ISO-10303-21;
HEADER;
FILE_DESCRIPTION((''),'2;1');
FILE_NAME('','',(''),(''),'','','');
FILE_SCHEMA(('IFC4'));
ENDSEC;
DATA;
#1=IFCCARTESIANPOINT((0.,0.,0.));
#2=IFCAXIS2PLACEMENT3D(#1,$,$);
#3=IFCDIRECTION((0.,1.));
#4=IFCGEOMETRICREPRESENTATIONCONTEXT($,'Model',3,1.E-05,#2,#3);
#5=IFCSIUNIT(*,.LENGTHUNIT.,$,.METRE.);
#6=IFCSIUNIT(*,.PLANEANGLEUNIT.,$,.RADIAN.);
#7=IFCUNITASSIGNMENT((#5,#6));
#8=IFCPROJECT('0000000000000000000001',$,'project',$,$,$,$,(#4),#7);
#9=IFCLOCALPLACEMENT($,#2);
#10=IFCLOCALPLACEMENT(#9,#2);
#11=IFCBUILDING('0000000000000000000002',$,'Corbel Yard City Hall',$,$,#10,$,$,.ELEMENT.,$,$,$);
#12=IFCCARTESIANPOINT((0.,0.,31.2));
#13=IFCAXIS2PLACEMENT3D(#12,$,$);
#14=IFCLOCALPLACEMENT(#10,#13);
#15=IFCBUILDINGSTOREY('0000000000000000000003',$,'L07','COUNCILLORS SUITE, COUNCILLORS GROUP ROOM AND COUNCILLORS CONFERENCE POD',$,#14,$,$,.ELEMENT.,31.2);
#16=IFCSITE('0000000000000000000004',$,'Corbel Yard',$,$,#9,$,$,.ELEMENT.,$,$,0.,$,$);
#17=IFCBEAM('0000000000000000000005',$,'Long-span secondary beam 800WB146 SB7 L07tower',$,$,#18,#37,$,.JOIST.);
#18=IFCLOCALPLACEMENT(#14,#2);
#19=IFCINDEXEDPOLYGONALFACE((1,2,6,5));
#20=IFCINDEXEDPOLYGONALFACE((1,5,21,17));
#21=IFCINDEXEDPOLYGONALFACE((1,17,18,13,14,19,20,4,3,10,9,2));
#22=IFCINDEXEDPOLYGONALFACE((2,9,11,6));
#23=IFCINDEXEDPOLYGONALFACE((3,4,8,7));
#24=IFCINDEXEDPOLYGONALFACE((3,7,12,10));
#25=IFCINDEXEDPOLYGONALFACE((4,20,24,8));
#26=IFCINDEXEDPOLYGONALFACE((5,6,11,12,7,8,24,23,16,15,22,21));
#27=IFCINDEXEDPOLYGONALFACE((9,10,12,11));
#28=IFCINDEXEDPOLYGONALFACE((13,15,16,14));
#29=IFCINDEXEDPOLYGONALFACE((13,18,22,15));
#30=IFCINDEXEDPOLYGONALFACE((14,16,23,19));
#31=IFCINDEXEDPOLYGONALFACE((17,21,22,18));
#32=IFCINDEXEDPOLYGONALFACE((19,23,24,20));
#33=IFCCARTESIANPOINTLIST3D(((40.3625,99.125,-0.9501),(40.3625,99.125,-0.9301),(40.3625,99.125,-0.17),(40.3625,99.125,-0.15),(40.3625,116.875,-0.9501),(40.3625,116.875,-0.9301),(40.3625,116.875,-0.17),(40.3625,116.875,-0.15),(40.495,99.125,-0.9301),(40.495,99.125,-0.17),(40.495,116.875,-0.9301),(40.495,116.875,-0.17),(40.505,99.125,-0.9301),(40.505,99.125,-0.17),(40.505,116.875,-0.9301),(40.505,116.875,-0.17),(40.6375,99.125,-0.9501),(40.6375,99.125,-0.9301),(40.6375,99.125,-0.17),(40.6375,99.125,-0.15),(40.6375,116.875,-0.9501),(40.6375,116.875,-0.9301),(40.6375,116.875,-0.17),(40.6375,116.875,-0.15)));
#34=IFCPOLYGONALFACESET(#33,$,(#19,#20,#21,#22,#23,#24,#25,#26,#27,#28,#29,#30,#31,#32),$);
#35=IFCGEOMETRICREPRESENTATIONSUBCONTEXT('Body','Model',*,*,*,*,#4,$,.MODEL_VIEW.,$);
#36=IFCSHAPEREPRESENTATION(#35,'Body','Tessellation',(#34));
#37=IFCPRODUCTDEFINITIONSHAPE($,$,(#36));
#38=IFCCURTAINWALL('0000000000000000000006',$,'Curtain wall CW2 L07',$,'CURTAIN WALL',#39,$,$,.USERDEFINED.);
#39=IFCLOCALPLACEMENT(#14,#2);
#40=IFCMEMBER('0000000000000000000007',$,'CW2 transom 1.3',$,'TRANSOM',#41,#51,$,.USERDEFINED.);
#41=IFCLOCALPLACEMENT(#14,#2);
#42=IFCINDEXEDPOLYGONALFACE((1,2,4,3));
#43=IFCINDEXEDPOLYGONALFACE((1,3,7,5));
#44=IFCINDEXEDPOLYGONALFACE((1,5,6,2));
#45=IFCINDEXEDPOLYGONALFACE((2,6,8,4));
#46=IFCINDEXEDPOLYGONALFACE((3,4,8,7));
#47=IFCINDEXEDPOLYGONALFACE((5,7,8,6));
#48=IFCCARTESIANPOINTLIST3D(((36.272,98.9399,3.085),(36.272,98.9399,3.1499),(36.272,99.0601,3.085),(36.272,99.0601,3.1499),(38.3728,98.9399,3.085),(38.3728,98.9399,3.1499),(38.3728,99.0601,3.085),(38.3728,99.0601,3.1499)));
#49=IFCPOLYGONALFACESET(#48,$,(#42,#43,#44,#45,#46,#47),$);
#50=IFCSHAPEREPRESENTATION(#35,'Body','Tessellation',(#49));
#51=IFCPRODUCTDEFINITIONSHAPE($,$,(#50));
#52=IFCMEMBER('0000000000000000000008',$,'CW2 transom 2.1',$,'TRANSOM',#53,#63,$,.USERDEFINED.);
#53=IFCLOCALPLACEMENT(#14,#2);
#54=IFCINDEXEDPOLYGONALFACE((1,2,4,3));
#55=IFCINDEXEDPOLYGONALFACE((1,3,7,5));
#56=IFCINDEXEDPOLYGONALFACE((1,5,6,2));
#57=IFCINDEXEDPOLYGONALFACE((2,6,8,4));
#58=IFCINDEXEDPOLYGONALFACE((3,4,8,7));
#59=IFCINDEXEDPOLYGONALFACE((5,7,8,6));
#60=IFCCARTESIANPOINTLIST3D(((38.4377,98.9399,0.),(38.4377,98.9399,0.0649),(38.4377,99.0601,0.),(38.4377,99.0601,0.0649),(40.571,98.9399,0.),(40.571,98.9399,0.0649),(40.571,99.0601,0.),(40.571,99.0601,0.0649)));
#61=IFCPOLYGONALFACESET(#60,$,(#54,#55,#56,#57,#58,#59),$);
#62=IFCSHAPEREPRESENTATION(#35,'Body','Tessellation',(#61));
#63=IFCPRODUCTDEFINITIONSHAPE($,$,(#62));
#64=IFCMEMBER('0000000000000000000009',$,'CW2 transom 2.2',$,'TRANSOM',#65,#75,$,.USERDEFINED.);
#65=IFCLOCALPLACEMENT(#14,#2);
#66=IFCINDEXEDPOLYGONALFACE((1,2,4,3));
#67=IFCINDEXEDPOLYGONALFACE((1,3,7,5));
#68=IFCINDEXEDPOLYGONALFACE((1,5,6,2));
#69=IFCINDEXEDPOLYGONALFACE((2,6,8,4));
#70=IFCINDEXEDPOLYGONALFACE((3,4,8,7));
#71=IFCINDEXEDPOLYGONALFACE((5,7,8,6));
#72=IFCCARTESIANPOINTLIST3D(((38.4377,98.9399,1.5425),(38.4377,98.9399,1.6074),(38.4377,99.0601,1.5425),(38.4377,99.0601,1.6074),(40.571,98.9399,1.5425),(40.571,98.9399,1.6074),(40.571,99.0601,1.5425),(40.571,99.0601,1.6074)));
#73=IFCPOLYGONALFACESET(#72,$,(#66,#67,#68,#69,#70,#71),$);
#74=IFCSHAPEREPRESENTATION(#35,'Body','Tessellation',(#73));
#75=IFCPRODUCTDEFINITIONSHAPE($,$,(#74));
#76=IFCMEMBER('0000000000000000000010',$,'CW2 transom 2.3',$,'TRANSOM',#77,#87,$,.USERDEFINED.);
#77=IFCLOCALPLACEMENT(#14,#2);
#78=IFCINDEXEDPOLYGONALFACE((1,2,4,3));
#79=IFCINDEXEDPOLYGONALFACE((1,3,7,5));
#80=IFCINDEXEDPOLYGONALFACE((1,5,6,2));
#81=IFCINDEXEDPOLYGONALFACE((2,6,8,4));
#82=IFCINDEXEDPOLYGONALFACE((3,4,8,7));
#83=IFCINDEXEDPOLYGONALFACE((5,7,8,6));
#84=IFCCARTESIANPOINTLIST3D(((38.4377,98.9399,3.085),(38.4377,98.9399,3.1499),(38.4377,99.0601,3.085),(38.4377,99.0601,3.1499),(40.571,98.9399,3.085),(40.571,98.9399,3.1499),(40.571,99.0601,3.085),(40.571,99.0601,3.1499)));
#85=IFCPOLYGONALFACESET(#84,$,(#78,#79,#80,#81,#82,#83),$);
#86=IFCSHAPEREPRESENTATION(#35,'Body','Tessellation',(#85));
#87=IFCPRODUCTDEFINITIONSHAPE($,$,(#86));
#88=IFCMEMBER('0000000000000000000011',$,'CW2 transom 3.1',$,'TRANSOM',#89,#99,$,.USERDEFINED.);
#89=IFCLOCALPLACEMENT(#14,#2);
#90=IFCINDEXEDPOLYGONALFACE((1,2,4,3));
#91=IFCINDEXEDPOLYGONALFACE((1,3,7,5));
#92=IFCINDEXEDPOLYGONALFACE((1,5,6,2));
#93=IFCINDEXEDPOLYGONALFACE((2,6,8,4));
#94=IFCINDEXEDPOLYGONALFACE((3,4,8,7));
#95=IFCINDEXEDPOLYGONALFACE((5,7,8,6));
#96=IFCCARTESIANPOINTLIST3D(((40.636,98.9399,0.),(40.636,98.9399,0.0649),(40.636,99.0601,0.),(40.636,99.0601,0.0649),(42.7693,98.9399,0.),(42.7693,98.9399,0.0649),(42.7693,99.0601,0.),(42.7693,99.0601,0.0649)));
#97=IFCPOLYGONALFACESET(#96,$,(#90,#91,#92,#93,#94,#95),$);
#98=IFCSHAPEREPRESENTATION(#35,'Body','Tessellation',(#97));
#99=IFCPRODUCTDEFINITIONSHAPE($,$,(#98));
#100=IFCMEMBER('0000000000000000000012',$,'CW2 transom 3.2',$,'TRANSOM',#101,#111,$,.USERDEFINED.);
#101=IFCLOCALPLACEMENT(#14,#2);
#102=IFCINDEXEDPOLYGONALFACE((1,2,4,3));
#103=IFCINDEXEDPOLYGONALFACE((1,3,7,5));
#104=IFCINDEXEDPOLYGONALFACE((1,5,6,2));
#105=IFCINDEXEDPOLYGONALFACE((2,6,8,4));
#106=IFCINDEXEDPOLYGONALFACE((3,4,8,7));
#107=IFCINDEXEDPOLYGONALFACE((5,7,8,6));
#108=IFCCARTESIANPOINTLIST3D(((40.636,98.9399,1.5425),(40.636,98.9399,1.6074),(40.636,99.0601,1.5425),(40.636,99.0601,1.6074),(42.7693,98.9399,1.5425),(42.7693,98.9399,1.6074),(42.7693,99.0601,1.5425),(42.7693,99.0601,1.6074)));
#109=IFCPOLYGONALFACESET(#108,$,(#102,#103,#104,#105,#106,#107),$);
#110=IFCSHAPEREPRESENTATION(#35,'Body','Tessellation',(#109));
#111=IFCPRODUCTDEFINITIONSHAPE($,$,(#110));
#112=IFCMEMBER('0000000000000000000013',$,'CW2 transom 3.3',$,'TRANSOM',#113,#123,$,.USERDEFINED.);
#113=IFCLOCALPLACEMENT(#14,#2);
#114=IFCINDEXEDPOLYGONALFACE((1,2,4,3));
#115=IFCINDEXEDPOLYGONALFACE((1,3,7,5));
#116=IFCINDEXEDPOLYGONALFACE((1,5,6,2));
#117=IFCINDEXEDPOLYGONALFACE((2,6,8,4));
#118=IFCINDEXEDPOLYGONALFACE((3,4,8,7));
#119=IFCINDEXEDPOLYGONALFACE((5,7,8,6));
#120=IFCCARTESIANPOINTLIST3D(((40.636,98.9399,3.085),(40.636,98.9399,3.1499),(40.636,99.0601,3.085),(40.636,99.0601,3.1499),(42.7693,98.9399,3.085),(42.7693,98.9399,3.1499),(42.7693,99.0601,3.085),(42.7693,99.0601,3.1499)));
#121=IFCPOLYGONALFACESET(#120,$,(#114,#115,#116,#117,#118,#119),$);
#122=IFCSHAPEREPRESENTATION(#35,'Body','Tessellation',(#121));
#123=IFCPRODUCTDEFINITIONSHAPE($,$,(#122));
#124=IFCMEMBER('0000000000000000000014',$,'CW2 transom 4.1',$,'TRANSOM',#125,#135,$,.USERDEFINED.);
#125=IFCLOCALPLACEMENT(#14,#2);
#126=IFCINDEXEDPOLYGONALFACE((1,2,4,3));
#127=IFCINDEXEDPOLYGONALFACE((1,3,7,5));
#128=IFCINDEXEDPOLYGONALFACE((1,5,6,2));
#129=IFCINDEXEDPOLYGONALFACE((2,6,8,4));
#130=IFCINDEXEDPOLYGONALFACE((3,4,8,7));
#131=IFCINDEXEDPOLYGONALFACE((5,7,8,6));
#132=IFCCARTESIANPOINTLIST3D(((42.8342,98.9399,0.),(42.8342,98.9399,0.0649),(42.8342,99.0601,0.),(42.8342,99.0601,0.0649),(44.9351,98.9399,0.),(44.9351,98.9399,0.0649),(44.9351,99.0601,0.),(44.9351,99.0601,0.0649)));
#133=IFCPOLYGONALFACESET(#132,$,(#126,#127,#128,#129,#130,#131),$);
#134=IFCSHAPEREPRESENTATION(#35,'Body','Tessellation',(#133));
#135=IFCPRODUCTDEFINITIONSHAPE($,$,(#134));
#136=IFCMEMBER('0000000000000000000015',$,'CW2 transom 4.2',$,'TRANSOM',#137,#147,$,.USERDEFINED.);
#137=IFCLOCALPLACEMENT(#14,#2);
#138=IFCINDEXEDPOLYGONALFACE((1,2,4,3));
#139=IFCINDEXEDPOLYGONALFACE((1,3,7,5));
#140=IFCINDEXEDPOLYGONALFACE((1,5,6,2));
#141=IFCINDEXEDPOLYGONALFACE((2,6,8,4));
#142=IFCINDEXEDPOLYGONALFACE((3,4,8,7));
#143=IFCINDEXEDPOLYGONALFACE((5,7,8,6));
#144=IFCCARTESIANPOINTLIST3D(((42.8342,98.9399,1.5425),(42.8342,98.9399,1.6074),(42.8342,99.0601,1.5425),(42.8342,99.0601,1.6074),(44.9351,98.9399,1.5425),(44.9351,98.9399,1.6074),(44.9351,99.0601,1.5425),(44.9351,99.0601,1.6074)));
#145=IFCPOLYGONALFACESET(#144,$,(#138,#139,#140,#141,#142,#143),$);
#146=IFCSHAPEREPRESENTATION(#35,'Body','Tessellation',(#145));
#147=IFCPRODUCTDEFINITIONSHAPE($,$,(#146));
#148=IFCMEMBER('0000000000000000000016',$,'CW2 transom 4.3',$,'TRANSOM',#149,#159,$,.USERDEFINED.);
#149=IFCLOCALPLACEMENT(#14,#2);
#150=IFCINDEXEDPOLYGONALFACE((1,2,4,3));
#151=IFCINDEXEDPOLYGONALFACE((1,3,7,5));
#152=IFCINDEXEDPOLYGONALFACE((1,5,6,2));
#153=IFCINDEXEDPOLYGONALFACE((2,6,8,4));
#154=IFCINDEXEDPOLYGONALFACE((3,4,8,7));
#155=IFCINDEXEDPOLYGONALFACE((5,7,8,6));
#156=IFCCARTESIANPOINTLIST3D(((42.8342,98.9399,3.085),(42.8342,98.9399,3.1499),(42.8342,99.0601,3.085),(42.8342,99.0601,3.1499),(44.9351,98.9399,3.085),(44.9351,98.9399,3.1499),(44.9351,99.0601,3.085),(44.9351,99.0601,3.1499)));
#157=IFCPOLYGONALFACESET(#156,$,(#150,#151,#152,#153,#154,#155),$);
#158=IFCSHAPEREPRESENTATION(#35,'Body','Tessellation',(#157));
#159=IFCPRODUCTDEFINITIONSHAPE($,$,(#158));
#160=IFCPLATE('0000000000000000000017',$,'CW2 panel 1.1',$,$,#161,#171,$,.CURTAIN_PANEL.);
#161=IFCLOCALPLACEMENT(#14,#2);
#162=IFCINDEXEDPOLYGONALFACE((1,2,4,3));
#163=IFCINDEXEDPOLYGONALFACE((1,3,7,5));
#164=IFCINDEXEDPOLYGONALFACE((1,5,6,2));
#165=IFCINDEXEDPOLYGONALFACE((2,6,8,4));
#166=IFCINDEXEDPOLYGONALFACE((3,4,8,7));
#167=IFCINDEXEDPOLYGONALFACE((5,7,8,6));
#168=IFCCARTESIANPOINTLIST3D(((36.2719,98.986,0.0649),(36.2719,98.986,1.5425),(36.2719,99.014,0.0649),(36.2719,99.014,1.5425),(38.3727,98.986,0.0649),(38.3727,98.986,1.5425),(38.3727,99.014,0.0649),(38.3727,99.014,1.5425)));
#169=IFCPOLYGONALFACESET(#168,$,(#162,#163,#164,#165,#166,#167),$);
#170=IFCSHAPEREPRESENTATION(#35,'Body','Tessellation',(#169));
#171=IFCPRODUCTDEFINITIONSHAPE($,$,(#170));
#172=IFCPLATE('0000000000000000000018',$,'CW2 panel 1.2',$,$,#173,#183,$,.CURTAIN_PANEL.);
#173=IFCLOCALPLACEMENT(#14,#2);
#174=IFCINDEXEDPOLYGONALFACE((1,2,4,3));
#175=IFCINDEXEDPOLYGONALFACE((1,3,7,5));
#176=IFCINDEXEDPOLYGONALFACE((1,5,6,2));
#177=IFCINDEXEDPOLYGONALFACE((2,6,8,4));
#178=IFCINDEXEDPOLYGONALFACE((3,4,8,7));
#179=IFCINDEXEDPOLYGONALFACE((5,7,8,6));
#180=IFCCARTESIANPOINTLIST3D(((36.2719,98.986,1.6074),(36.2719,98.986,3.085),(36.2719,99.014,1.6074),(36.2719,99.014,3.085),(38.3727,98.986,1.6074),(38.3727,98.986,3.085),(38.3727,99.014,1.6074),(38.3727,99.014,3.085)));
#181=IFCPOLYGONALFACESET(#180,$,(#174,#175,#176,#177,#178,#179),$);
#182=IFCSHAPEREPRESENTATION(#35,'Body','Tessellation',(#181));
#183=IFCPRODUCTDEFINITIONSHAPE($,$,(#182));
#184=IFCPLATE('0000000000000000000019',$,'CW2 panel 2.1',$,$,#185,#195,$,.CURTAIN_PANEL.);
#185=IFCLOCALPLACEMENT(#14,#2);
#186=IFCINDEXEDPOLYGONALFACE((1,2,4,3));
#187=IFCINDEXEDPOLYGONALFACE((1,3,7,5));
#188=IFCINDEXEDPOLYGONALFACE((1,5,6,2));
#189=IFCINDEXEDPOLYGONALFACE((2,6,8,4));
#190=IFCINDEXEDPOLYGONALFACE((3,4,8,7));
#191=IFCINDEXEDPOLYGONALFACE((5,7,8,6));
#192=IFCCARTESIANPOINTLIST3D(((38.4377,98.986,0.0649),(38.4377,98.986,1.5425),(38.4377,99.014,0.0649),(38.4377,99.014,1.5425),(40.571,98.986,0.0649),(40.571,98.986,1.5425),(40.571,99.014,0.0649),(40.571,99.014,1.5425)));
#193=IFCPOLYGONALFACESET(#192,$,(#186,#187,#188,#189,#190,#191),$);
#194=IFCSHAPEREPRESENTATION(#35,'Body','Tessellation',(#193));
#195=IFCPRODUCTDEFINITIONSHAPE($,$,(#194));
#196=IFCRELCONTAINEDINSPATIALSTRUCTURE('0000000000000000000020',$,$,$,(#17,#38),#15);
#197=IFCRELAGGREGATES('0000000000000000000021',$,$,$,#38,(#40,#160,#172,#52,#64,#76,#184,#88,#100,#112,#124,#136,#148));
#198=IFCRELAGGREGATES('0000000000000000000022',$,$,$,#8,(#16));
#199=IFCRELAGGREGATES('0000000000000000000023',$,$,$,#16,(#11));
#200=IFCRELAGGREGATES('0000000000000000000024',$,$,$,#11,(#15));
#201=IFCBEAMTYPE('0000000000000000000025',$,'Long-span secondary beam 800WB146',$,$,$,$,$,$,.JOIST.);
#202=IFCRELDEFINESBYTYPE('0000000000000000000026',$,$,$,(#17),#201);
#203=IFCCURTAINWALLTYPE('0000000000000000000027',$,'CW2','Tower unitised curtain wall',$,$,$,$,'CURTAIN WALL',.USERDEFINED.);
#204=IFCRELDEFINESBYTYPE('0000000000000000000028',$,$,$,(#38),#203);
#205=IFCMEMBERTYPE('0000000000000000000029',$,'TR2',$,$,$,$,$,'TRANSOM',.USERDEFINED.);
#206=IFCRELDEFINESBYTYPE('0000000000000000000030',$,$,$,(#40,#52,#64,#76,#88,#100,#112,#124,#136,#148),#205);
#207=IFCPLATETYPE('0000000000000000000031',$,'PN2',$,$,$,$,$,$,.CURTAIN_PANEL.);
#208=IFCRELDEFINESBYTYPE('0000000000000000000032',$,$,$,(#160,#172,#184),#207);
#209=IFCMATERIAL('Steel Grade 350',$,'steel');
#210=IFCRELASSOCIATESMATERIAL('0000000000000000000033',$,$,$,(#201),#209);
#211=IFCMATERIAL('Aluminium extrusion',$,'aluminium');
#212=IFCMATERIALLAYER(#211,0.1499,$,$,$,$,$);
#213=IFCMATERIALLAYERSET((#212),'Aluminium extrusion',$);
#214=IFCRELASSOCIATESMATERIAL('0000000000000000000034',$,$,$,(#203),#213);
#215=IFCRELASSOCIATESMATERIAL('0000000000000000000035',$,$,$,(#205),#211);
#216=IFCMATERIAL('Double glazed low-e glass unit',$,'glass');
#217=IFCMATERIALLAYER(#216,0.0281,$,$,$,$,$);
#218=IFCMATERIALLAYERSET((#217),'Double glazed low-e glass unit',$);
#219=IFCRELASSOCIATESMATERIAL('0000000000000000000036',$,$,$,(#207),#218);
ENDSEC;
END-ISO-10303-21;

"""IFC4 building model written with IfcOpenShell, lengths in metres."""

from ifc_helpers import new_model, si_unit, direction, frame, origin, origin_2d, place, context, subcontext, project, spatial, rectangle, i_section, extrude, material, layer, layer_set, material_profile, profile_set, type_object, element, aggregate, save


model = new_model("IFC4")

# Units and contexts
model_context = context("Model", 3, precision=1e-05, world=origin(), true_north=direction((0.0, 1.0)))
body_context = subcontext(model_context, "Body", "Model", "MODEL_VIEW")
ifc_project = project(units=[si_unit("LENGTHUNIT", "METRE"), si_unit("PLANEANGLEUNIT", "RADIAN")], contexts=[model_context])

# Site, building, storey
site_placement = place(None, origin())
site = spatial("IfcSite", under=ifc_project, at=site_placement, Name="Corbel Yard", CompositionType="ELEMENT", RefElevation=0.0)
building_placement = place(site_placement, origin())
building = spatial("IfcBuilding", under=site, at=building_placement, Name="Corbel Yard City Hall", CompositionType="ELEMENT")
storey_placement = place(building_placement, frame((0.0, 0.0, 31.2)))
storey = spatial("IfcBuildingStorey", under=building, at=storey_placement, Name="L07", Description="COUNCILLORS SUITE, COUNCILLORS GROUP ROOM AND COUNCILLORS CONFERENCE POD", CompositionType="ELEMENT", Elevation=31.2)

# Beam
ifc_material_1 = material(Name="Steel Grade 350", Category="steel")
ifc_material_profile_1 = material_profile(ifc_material_1, i_section(OverallWidth=0.2749, OverallDepth=0.8, WebThickness=0.01, FlangeThickness=0.02, at=origin_2d()), Name="800WB146")
ifc_profile_set_1 = profile_set([ifc_material_profile_1], Name="Steel Grade 350")
beam_type = type_object("IfcBeamType", Name="Long-span secondary beam 800WB146", PredefinedType="JOIST", material=ifc_profile_set_1)
beam_placement = place(storey_placement, frame((40.5, 99.125, -0.55), z_axis=(0.0, 1.0, 0.0), x_axis=(-1.0, 0.0, 0.0)))
element("IfcBeam", 1, at=beam_placement, inside=storey, type_object=beam_type, Name="Long-span secondary beam 800WB146 SB7 L07tower", PredefinedType="JOIST", context=body_context, shape_type="SweptSolid", body=[
    extrude(i_section(OverallWidth=0.2749, OverallDepth=0.8, WebThickness=0.01, FlangeThickness=0.02, at=origin_2d()), origin(), (0.0, 0.0, 1.0), 17.75),
])

# Curtain wall, members, plates
ifc_material_2 = material(Name="Aluminium extrusion", Category="aluminium")
ifc_layer_1 = layer(ifc_material_2, 0.1499)
ifc_layer_set_1 = layer_set([ifc_layer_1], Name="Aluminium extrusion")
curtain_wall_type = type_object("IfcCurtainWallType", Name="CW2", Description="Tower unitised curtain wall", ElementType="CURTAIN WALL", PredefinedType="USERDEFINED", material=ifc_layer_set_1)
curtain_wall_placement = place(storey_placement, origin())
curtain_wall = element("IfcCurtainWall", 2, at=curtain_wall_placement, inside=storey, type_object=curtain_wall_type, Name="Curtain wall CW2 L07", ObjectType="CURTAIN WALL", PredefinedType="USERDEFINED")
ifc_material_profile_2 = material_profile(ifc_material_2, rectangle(XDim=0.1201, YDim=0.0649, at=origin_2d()), Name="120x65")
ifc_profile_set_2 = profile_set([ifc_material_profile_2], Name="Aluminium extrusion")
member_type = type_object("IfcMemberType", Name="TR2", ElementType="TRANSOM", PredefinedType="USERDEFINED", material=ifc_profile_set_2)
member_1_placement = place(storey_placement, frame((36.272, 99.0, 3.1174), z_axis=(1.0, 0.0, 0.0), x_axis=(0.0, 1.0, 0.0)))
member_1 = element("IfcMember", 3, at=member_1_placement, type_object=member_type, Name="CW2 transom 1.3", ObjectType="TRANSOM", PredefinedType="USERDEFINED", context=body_context, shape_type="SweptSolid", body=[
    extrude(rectangle(XDim=0.1201, YDim=0.0649, at=origin_2d()), origin(), (0.0, 0.0, 1.0), 2.1008),
])
member_2_placement = place(storey_placement, frame((38.4377, 99.0, 0.0325), z_axis=(1.0, 0.0, 0.0), x_axis=(0.0, 1.0, 0.0)))
member_2 = element("IfcMember", 4, at=member_2_placement, type_object=member_type, Name="CW2 transom 2.1", ObjectType="TRANSOM", PredefinedType="USERDEFINED", context=body_context, shape_type="SweptSolid", body=[
    extrude(rectangle(XDim=0.1201, YDim=0.0649, at=origin_2d()), origin(), (0.0, 0.0, 1.0), 2.1333),
])
member_3_placement = place(storey_placement, frame((38.4377, 99.0, 1.575), z_axis=(1.0, 0.0, 0.0), x_axis=(0.0, 1.0, 0.0)))
member_3 = element("IfcMember", 5, at=member_3_placement, type_object=member_type, Name="CW2 transom 2.2", ObjectType="TRANSOM", PredefinedType="USERDEFINED", context=body_context, shape_type="SweptSolid", body=[
    extrude(rectangle(XDim=0.1201, YDim=0.0649, at=origin_2d()), origin(), (0.0, 0.0, 1.0), 2.1333),
])
member_4_placement = place(storey_placement, frame((38.4377, 99.0, 3.1174), z_axis=(1.0, 0.0, 0.0), x_axis=(0.0, 1.0, 0.0)))
member_4 = element("IfcMember", 6, at=member_4_placement, type_object=member_type, Name="CW2 transom 2.3", ObjectType="TRANSOM", PredefinedType="USERDEFINED", context=body_context, shape_type="SweptSolid", body=[
    extrude(rectangle(XDim=0.1201, YDim=0.0649, at=origin_2d()), origin(), (0.0, 0.0, 1.0), 2.1333),
])
member_5_placement = place(storey_placement, frame((40.636, 99.0, 0.0325), z_axis=(1.0, 0.0, 0.0), x_axis=(0.0, 1.0, 0.0)))
member_5 = element("IfcMember", 7, at=member_5_placement, type_object=member_type, Name="CW2 transom 3.1", ObjectType="TRANSOM", PredefinedType="USERDEFINED", context=body_context, shape_type="SweptSolid", body=[
    extrude(rectangle(XDim=0.1201, YDim=0.0649, at=origin_2d()), origin(), (0.0, 0.0, 1.0), 2.1333),
])
member_6_placement = place(storey_placement, frame((40.636, 99.0, 1.575), z_axis=(1.0, 0.0, 0.0), x_axis=(0.0, 1.0, 0.0)))
member_6 = element("IfcMember", 8, at=member_6_placement, type_object=member_type, Name="CW2 transom 3.2", ObjectType="TRANSOM", PredefinedType="USERDEFINED", context=body_context, shape_type="SweptSolid", body=[
    extrude(rectangle(XDim=0.1201, YDim=0.0649, at=origin_2d()), origin(), (0.0, 0.0, 1.0), 2.1333),
])
member_7_placement = place(storey_placement, frame((40.636, 99.0, 3.1174), z_axis=(1.0, 0.0, 0.0), x_axis=(0.0, 1.0, 0.0)))
member_7 = element("IfcMember", 9, at=member_7_placement, type_object=member_type, Name="CW2 transom 3.3", ObjectType="TRANSOM", PredefinedType="USERDEFINED", context=body_context, shape_type="SweptSolid", body=[
    extrude(rectangle(XDim=0.1201, YDim=0.0649, at=origin_2d()), origin(), (0.0, 0.0, 1.0), 2.1333),
])
member_8_placement = place(storey_placement, frame((42.8342, 99.0, 0.0325), z_axis=(1.0, 0.0, 0.0), x_axis=(0.0, 1.0, 0.0)))
member_8 = element("IfcMember", 10, at=member_8_placement, type_object=member_type, Name="CW2 transom 4.1", ObjectType="TRANSOM", PredefinedType="USERDEFINED", context=body_context, shape_type="SweptSolid", body=[
    extrude(rectangle(XDim=0.1201, YDim=0.0649, at=origin_2d()), origin(), (0.0, 0.0, 1.0), 2.1008),
])
member_9_placement = place(storey_placement, frame((42.8342, 99.0, 1.575), z_axis=(1.0, 0.0, 0.0), x_axis=(0.0, 1.0, 0.0)))
member_9 = element("IfcMember", 11, at=member_9_placement, type_object=member_type, Name="CW2 transom 4.2", ObjectType="TRANSOM", PredefinedType="USERDEFINED", context=body_context, shape_type="SweptSolid", body=[
    extrude(rectangle(XDim=0.1201, YDim=0.0649, at=origin_2d()), origin(), (0.0, 0.0, 1.0), 2.1008),
])
member_10_placement = place(storey_placement, frame((42.8342, 99.0, 3.1174), z_axis=(1.0, 0.0, 0.0), x_axis=(0.0, 1.0, 0.0)))
member_10 = element("IfcMember", 12, at=member_10_placement, type_object=member_type, Name="CW2 transom 4.3", ObjectType="TRANSOM", PredefinedType="USERDEFINED", context=body_context, shape_type="SweptSolid", body=[
    extrude(rectangle(XDim=0.1201, YDim=0.0649, at=origin_2d()), origin(), (0.0, 0.0, 1.0), 2.1008),
])
ifc_material_3 = material(Name="Double glazed low-e glass unit", Category="glass")
ifc_layer_2 = layer(ifc_material_3, 0.0281)
ifc_layer_set_2 = layer_set([ifc_layer_2], Name="Double glazed low-e glass unit")
plate_type = type_object("IfcPlateType", Name="PN2", PredefinedType="CURTAIN_PANEL", material=ifc_layer_set_2)
plate_1_placement = place(storey_placement, frame((37.3223, 99.0, 0.0649), z_axis=(0.0, 0.0, 1.0), x_axis=(1.0, 0.0, 0.0)))
plate_1 = element("IfcPlate", 13, at=plate_1_placement, type_object=plate_type, Name="CW2 panel 1.1", PredefinedType="CURTAIN_PANEL", context=body_context, shape_type="SweptSolid", body=[
    extrude(rectangle(XDim=2.1008, YDim=0.0281, at=origin_2d()), origin(), (0.0, 0.0, 1.0), 1.4775),
])
plate_2_placement = place(storey_placement, frame((37.3223, 99.0, 1.6074), z_axis=(0.0, 0.0, 1.0), x_axis=(1.0, 0.0, 0.0)))
plate_2 = element("IfcPlate", 14, at=plate_2_placement, type_object=plate_type, Name="CW2 panel 1.2", PredefinedType="CURTAIN_PANEL", context=body_context, shape_type="SweptSolid", body=[
    extrude(rectangle(XDim=2.1008, YDim=0.0281, at=origin_2d()), origin(), (0.0, 0.0, 1.0), 1.4775),
])
plate_3_placement = place(storey_placement, frame((39.5044, 99.0, 0.0649), z_axis=(0.0, 0.0, 1.0), x_axis=(1.0, 0.0, 0.0)))
plate_3 = element("IfcPlate", 15, at=plate_3_placement, type_object=plate_type, Name="CW2 panel 2.1", PredefinedType="CURTAIN_PANEL", context=body_context, shape_type="SweptSolid", body=[
    extrude(rectangle(XDim=2.1333, YDim=0.0281, at=origin_2d()), origin(), (0.0, 0.0, 1.0), 1.4775),
])
aggregate(curtain_wall, [member_1, plate_1, plate_2, member_2, member_3, member_4, plate_3, member_5, member_6, member_7, member_8, member_9, member_10])

save(model, "model.ifc")
